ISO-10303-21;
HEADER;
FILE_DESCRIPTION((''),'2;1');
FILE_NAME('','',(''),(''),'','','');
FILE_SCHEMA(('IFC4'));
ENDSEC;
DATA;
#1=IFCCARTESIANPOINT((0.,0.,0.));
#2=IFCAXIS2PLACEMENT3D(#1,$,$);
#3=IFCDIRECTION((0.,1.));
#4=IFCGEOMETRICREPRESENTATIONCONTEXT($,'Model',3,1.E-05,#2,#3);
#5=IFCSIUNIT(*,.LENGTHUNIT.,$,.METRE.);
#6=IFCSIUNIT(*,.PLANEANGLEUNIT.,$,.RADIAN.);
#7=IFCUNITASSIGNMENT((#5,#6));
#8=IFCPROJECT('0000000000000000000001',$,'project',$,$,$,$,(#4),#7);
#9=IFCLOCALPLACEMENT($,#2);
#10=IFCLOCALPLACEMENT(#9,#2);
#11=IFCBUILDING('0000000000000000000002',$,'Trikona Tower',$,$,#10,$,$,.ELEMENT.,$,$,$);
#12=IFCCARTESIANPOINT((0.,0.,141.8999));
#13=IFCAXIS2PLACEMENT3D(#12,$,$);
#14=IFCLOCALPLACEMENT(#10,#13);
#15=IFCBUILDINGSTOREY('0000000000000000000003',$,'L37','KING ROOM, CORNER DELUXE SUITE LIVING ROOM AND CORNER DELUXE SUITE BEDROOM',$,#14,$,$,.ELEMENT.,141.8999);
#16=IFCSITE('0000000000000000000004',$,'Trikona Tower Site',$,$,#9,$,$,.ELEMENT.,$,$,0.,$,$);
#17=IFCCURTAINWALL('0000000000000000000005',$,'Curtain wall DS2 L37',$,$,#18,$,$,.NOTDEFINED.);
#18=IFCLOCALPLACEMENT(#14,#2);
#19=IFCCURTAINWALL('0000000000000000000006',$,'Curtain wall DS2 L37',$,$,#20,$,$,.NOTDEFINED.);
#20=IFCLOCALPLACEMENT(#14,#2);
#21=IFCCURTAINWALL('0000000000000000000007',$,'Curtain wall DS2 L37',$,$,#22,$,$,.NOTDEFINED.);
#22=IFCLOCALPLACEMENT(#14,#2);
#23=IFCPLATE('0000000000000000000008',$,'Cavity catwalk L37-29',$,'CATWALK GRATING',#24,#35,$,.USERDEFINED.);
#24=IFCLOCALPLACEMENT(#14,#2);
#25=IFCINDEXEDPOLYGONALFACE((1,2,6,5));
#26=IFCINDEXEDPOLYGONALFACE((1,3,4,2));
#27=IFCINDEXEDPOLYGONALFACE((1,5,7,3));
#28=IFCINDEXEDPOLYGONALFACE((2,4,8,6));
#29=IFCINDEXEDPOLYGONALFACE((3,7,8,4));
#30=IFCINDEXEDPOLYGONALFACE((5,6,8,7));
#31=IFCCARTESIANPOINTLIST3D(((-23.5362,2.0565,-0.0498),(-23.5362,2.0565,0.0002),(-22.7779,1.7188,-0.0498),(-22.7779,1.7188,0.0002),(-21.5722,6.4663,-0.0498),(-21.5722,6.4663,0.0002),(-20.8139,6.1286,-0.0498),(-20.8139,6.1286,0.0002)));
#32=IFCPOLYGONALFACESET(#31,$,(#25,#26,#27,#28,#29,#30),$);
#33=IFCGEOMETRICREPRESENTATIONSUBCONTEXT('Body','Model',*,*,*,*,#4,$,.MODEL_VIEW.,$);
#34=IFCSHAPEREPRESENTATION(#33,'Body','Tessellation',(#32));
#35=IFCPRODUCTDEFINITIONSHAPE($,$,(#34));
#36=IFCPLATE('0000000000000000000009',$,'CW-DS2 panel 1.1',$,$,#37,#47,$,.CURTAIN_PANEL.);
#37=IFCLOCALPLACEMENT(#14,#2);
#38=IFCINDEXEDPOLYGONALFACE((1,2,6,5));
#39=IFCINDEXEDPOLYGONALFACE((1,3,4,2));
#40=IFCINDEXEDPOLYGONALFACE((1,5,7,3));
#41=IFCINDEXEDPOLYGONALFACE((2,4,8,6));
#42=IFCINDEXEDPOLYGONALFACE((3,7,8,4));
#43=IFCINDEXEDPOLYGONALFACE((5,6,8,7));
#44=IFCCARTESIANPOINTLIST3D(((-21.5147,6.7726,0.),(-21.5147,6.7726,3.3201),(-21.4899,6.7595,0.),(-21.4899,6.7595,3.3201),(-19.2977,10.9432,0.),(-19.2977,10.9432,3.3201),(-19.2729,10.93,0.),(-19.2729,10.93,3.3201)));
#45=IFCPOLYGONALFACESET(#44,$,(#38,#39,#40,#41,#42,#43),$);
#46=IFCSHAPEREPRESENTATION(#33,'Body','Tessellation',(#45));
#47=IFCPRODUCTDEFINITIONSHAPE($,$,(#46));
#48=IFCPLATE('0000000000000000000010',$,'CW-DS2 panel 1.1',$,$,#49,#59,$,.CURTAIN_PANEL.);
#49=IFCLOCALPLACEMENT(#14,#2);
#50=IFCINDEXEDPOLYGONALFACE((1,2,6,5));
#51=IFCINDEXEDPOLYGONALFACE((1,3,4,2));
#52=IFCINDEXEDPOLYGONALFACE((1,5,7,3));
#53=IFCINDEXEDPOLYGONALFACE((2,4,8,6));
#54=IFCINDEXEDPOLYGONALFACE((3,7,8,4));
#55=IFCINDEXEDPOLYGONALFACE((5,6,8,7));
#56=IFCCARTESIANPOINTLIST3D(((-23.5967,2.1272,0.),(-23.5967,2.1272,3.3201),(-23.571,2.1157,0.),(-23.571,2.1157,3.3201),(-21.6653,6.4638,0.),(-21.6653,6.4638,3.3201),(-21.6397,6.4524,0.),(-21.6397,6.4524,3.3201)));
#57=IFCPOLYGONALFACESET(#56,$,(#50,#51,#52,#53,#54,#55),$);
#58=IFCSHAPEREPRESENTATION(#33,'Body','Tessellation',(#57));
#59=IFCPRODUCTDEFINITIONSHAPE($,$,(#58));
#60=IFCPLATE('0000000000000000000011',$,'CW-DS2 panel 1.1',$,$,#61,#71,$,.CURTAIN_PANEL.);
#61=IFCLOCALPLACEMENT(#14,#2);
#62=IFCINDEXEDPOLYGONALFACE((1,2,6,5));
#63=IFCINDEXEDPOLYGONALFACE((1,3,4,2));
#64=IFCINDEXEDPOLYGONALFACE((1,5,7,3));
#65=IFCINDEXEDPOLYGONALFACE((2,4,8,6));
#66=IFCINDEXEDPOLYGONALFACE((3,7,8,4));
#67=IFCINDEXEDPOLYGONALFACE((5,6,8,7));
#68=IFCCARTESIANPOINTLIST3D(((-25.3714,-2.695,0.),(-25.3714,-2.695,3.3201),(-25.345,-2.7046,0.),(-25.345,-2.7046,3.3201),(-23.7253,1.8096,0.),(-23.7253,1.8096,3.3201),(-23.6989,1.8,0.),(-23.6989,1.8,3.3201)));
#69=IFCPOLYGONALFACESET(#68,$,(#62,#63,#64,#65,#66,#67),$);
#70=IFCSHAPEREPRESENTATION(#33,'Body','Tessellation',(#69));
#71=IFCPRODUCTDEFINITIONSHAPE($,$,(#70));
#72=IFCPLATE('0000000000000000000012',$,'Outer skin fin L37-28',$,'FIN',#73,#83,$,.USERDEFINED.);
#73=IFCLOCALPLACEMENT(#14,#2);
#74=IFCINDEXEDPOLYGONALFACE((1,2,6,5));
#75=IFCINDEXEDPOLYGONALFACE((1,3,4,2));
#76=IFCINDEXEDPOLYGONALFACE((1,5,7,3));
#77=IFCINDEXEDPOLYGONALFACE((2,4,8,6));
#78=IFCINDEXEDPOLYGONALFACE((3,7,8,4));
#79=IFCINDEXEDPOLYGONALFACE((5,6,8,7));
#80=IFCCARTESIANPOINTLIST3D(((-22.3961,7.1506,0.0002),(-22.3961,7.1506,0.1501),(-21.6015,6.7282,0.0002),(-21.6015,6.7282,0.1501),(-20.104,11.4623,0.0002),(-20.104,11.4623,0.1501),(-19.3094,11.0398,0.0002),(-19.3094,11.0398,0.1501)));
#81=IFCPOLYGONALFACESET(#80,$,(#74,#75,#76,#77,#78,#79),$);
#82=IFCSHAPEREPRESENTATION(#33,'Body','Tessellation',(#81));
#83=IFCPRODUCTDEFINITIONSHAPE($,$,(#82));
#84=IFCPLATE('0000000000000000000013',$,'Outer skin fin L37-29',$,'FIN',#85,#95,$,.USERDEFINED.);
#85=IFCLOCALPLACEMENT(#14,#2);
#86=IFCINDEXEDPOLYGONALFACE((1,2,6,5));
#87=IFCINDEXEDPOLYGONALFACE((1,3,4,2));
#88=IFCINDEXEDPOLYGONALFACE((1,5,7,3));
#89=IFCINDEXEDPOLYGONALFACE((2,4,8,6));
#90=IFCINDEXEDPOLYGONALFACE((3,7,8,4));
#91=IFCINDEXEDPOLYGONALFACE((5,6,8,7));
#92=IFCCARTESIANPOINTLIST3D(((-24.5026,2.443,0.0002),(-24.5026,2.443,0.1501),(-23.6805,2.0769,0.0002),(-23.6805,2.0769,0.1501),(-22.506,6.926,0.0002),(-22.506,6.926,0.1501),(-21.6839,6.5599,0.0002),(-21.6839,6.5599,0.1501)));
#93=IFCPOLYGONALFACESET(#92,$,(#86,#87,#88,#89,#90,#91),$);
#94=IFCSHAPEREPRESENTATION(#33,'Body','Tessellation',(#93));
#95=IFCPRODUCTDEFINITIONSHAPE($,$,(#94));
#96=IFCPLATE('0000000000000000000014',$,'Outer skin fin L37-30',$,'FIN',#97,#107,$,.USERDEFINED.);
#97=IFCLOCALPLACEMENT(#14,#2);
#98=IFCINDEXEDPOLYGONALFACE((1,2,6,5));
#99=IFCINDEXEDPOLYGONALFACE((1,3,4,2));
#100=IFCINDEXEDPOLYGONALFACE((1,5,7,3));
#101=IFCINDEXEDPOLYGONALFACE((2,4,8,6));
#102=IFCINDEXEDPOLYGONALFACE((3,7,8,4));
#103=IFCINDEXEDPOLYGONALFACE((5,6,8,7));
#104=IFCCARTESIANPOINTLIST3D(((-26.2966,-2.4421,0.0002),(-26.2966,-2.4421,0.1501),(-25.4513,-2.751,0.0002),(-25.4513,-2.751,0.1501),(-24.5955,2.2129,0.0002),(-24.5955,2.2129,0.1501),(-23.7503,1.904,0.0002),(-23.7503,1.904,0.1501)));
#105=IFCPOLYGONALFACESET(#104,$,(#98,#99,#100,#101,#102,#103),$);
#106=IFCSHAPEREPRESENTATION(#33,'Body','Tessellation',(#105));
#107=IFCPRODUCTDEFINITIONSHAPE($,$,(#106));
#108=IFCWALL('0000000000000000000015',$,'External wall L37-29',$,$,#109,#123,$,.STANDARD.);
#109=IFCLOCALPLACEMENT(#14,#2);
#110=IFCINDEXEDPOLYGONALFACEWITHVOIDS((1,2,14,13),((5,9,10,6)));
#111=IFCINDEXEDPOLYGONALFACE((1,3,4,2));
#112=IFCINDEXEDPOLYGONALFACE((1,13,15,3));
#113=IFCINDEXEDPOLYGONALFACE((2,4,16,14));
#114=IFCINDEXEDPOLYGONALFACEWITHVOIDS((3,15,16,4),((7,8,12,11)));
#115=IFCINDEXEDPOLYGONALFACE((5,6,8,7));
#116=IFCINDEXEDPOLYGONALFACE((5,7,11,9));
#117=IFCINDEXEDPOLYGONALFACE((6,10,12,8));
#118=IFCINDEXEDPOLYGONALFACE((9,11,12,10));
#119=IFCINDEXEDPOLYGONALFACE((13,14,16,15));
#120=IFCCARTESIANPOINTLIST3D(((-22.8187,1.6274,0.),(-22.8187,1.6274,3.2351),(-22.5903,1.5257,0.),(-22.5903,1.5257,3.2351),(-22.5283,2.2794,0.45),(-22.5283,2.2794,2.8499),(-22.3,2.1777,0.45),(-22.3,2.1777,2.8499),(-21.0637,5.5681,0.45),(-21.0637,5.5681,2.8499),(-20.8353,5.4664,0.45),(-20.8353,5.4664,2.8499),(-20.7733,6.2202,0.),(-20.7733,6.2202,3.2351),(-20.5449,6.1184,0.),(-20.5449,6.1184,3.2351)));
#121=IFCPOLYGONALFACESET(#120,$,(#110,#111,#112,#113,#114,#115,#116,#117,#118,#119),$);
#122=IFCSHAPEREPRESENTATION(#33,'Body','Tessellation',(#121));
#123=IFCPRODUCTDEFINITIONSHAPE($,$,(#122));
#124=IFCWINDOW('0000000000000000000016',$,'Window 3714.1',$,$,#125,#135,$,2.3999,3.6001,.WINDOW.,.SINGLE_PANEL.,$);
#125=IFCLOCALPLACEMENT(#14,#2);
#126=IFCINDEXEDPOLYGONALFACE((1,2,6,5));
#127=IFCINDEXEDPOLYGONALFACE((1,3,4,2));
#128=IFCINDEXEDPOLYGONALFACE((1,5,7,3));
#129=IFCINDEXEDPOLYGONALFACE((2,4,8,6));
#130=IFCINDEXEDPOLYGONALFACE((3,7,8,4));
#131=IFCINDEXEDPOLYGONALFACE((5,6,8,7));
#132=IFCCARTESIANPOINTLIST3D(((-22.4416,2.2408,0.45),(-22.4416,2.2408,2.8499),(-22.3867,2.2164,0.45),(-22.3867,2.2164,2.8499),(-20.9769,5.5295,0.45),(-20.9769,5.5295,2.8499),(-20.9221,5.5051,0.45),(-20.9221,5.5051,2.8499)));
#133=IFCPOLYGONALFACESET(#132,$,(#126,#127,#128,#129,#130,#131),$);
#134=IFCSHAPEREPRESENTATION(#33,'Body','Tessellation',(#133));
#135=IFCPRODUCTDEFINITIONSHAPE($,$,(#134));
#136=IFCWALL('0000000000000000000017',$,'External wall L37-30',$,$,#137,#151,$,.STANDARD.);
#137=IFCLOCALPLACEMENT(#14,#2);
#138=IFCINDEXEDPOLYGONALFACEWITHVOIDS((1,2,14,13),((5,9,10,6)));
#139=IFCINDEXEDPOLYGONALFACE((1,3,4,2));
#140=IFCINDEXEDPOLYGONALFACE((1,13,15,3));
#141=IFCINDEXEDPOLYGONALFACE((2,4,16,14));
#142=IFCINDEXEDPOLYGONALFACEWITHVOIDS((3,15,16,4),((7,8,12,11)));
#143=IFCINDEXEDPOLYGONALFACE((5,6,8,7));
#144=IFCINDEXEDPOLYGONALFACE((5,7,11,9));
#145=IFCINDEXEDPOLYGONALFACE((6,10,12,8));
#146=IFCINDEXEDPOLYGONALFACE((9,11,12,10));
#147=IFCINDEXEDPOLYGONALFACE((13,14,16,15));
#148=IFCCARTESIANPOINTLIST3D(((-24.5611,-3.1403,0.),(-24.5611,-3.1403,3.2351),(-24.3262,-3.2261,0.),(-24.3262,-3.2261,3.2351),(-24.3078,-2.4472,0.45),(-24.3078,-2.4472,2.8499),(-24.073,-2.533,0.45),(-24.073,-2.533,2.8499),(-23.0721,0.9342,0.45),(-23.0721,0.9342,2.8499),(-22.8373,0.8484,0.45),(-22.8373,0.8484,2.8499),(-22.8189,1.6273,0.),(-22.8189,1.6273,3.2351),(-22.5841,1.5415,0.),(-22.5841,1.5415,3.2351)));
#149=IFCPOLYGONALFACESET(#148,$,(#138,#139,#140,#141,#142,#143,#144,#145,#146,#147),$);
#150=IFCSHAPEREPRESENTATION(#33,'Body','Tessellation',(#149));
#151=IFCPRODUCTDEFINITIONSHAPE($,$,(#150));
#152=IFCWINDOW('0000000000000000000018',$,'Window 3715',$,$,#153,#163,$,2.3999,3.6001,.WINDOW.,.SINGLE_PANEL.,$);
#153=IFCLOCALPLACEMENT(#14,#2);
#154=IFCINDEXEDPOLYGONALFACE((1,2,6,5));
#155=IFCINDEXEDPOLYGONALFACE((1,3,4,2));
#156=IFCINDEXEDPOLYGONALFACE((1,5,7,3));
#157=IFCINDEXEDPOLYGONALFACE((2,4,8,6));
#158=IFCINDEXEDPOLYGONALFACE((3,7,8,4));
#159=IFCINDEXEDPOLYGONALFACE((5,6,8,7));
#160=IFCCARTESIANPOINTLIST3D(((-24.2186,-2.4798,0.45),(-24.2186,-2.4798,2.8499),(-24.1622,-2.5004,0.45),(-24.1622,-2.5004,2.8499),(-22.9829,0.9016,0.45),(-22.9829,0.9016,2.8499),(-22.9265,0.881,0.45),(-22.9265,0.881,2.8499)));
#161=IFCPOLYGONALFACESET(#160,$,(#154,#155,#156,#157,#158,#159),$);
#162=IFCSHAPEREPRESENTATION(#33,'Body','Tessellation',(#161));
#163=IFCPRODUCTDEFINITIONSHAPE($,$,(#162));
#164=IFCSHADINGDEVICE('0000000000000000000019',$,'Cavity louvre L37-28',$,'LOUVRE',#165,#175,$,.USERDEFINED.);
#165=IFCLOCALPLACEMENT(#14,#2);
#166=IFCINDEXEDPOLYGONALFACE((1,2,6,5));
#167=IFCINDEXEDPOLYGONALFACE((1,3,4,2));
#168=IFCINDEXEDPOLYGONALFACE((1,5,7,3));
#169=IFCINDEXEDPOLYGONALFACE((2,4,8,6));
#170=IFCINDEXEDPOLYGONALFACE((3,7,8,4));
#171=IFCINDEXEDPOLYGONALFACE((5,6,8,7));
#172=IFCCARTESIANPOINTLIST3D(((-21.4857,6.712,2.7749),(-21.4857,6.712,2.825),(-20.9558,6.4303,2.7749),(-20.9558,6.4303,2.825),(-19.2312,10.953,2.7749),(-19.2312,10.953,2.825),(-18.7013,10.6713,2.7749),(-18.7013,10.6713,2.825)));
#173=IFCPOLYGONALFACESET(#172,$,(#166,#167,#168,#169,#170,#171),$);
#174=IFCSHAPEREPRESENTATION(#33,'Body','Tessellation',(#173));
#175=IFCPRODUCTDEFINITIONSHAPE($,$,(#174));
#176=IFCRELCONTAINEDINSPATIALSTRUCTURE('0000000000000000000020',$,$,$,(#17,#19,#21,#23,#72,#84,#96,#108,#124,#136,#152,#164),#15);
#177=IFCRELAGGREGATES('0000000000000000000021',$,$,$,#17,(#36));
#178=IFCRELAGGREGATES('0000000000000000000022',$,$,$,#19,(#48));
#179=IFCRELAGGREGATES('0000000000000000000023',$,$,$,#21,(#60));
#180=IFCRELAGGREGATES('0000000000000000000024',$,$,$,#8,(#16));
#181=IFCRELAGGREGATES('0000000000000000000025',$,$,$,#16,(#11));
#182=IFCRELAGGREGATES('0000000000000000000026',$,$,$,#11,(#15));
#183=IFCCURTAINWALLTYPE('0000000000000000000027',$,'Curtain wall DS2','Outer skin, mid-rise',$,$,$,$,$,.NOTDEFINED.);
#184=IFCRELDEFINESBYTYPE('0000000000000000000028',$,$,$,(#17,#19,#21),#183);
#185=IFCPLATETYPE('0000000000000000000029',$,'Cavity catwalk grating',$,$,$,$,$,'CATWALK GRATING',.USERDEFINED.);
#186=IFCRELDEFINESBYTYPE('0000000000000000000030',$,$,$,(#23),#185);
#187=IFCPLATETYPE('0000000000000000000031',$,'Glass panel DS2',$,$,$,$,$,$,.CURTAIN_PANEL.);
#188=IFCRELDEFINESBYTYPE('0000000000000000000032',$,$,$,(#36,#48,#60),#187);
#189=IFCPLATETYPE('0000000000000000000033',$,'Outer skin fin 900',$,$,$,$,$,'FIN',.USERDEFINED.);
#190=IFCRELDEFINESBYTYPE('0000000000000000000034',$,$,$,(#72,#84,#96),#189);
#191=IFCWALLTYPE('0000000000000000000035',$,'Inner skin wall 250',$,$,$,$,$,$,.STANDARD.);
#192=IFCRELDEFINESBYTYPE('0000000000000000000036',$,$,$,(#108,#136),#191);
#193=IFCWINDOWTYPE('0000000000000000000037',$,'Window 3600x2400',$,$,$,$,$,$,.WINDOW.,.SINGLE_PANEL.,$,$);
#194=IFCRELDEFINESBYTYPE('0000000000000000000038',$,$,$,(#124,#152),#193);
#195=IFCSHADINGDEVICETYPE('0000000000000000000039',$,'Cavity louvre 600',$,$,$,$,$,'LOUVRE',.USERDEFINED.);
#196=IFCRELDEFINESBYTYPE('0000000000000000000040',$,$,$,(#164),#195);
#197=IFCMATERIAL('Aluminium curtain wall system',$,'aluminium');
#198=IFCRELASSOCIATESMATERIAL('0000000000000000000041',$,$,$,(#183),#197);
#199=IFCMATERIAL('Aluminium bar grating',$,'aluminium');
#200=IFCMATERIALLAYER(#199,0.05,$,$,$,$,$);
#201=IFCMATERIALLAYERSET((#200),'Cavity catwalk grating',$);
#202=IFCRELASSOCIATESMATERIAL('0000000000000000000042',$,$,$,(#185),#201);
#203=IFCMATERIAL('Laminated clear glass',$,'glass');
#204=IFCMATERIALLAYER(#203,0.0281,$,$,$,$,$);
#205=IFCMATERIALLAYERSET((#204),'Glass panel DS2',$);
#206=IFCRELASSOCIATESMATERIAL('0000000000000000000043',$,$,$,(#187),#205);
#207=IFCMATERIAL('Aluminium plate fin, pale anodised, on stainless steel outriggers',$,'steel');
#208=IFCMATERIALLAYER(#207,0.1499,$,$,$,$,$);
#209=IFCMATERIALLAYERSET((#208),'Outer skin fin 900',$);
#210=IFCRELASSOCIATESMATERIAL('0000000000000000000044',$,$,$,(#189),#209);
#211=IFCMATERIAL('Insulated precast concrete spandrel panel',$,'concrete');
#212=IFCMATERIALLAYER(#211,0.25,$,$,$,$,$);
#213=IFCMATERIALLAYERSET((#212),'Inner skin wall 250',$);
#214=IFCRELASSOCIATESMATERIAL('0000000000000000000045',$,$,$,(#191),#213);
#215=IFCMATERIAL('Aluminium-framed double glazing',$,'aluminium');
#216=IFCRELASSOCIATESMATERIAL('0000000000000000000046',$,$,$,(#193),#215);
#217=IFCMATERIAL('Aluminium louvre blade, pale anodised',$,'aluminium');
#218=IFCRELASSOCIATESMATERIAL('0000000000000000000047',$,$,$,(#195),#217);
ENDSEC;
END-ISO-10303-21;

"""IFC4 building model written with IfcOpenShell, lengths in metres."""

from ifc_helpers import new_model, si_unit, direction, frame, frame_2d, origin, origin_2d, place, context, subcontext, project, spatial, rectangle, extrude, material, layer, layer_set, type_object, element, fill, aggregate, save


model = new_model("IFC4")

# Units and contexts
model_context = context("Model", 3, precision=1e-05, world=origin(), true_north=direction((0.0, 1.0)))
body_context = subcontext(model_context, "Body", "Model", "MODEL_VIEW")
ifc_project = project(units=[si_unit("LENGTHUNIT", "METRE"), si_unit("PLANEANGLEUNIT", "RADIAN")], contexts=[model_context])

# Site, building, storey
site_placement = place(None, origin())
site = spatial("IfcSite", under=ifc_project, at=site_placement, Name="Trikona Tower Site", CompositionType="ELEMENT", RefElevation=0.0)
building_placement = place(site_placement, origin())
building = spatial("IfcBuilding", under=site, at=building_placement, Name="Trikona Tower", CompositionType="ELEMENT")
storey_placement = place(building_placement, frame((0.0, 0.0, 141.8999)))
storey = spatial("IfcBuildingStorey", under=building, at=storey_placement, Name="L37", Description="KING ROOM, CORNER DELUXE SUITE LIVING ROOM AND CORNER DELUXE SUITE BEDROOM", CompositionType="ELEMENT", Elevation=141.8999)

# Shared definitions
ifc_material_1 = material(Name="Aluminium curtain wall system", Category="aluminium")
curtain_wall_type = type_object("IfcCurtainWallType", Name="Curtain wall DS2", Description="Outer skin, mid-rise", PredefinedType="NOTDEFINED", material=ifc_material_1)

# Curtain walls
curtain_wall_1_placement = place(storey_placement, origin())
curtain_wall_1 = element("IfcCurtainWall", 1, at=curtain_wall_1_placement, inside=storey, type_object=curtain_wall_type, Name="Curtain wall DS2 L37", PredefinedType="NOTDEFINED")
curtain_wall_2_placement = place(storey_placement, origin())
curtain_wall_2 = element("IfcCurtainWall", 2, at=curtain_wall_2_placement, inside=storey, type_object=curtain_wall_type, Name="Curtain wall DS2 L37", PredefinedType="NOTDEFINED")

# Curtain wall
curtain_wall_3_placement = place(storey_placement, origin())
curtain_wall_3 = element("IfcCurtainWall", 3, at=curtain_wall_3_placement, inside=storey, type_object=curtain_wall_type, Name="Curtain wall DS2 L37", PredefinedType="NOTDEFINED")

# Plate
ifc_material_2 = material(Name="Aluminium bar grating", Category="aluminium")
ifc_layer_1 = layer(ifc_material_2, 0.05)
ifc_layer_set_1 = layer_set([ifc_layer_1], Name="Cavity catwalk grating")
plate_type_1 = type_object("IfcPlateType", Name="Cavity catwalk grating", ElementType="CATWALK GRATING", PredefinedType="USERDEFINED", material=ifc_layer_set_1)
plate_1_placement = place(storey_placement, frame((-22.175, 4.0925, -0.0498), z_axis=(0.0, 0.0, 1.0), x_axis=(-0.406843, -0.913498, 0.0)))
element("IfcPlate", 4, at=plate_1_placement, inside=storey, type_object=plate_type_1, Name="Cavity catwalk L37-29", ObjectType="CATWALK GRATING", PredefinedType="USERDEFINED", context=body_context, shape_type="SweptSolid", body=[
    extrude(rectangle(XDim=4.8274, YDim=0.8301, at=origin_2d()), origin(), (0.0, 0.0, 1.0), 0.05),
])

# Plates
ifc_material_3 = material(Name="Laminated clear glass", Category="glass")
ifc_layer_2 = layer(ifc_material_3, 0.0281)
ifc_layer_set_2 = layer_set([ifc_layer_2], Name="Glass panel DS2")
plate_type_2 = type_object("IfcPlateType", Name="Glass panel DS2", PredefinedType="CURTAIN_PANEL", material=ifc_layer_set_2)
plate_2_placement = place(storey_placement, frame((-20.3938, 8.8513, 0.0), z_axis=(0.0, 0.0, 1.0), x_axis=(-0.46938, -0.882996, 0.0)))
plate_2 = element("IfcPlate", 5, at=plate_2_placement, type_object=plate_type_2, Name="CW-DS2 panel 1.1", PredefinedType="CURTAIN_PANEL", context=body_context, shape_type="SweptSolid", body=[
    extrude(rectangle(XDim=4.7231, YDim=0.0281, at=origin_2d()), origin(), (0.0, 0.0, 1.0), 3.3201),
])
aggregate(curtain_wall_1, [plate_2])
plate_3_placement = place(storey_placement, frame((-22.6182, 4.2898, 0.0), z_axis=(0.0, 0.0, 1.0), x_axis=(-0.406836, -0.913501, 0.0)))
plate_3 = element("IfcPlate", 6, at=plate_3_placement, type_object=plate_type_2, Name="CW-DS2 panel 1.1", PredefinedType="CURTAIN_PANEL", context=body_context, shape_type="SweptSolid", body=[
    extrude(rectangle(XDim=4.7473, YDim=0.0281, at=origin_2d()), origin(), (0.0, 0.0, 1.0), 3.3201),
])
aggregate(curtain_wall_2, [plate_3])
plate_4_placement = place(storey_placement, frame((-24.5352, -0.4475, 0.0), z_axis=(0.0, 0.0, 1.0), x_axis=(-0.343223, -0.939254, 0.0)))
plate_4 = element("IfcPlate", 7, at=plate_4_placement, type_object=plate_type_2, Name="CW-DS2 panel 1.1", PredefinedType="CURTAIN_PANEL", context=body_context, shape_type="SweptSolid", body=[
    extrude(rectangle(XDim=4.7959, YDim=0.0281, at=origin_2d()), origin(), (0.0, 0.0, 1.0), 3.3201),
])
aggregate(curtain_wall_3, [plate_4])

# Plates
ifc_material_4 = material(Name="Aluminium plate fin, pale anodised, on stainless steel outriggers", Category="steel")
ifc_layer_3 = layer(ifc_material_4, 0.1499)
ifc_layer_set_3 = layer_set([ifc_layer_3], Name="Outer skin fin 900")
plate_type_3 = type_object("IfcPlateType", Name="Outer skin fin 900", ElementType="FIN", PredefinedType="USERDEFINED", material=ifc_layer_set_3)
plate_5_placement = place(storey_placement, frame((-20.8528, 9.0952, 0.0002), z_axis=(0.0, 0.0, 1.0), x_axis=(-0.469398, -0.882987, 0.0)))
element("IfcPlate", 8, at=plate_5_placement, inside=storey, type_object=plate_type_3, Name="Outer skin fin L37-28", ObjectType="FIN", PredefinedType="USERDEFINED", context=body_context, shape_type="SweptSolid", body=[
    extrude(rectangle(XDim=4.8831, YDim=0.8999, at=origin_2d()), origin(), (0.0, 0.0, 1.0), 0.1499),
])
plate_6_placement = place(storey_placement, frame((-23.0933, 4.5015, 0.0002), z_axis=(0.0, 0.0, 1.0), x_axis=(-0.406843, -0.913498, 0.0)))
element("IfcPlate", 9, at=plate_6_placement, inside=storey, type_object=plate_type_3, Name="Outer skin fin L37-29", ObjectType="FIN", PredefinedType="USERDEFINED", context=body_context, shape_type="SweptSolid", body=[
    extrude(rectangle(XDim=4.9075, YDim=0.8999, at=origin_2d()), origin(), (0.0, 0.0, 1.0), 0.1499),
])
plate_7_placement = place(storey_placement, frame((-25.0234, -0.269, 0.0002), z_axis=(0.0, 0.0, 1.0), x_axis=(-0.34322, -0.939255, 0.0)))
element("IfcPlate", 10, at=plate_7_placement, inside=storey, type_object=plate_type_3, Name="Outer skin fin L37-30", ObjectType="FIN", PredefinedType="USERDEFINED", context=body_context, shape_type="SweptSolid", body=[
    extrude(rectangle(XDim=4.9561, YDim=0.8999, at=origin_2d()), origin(), (0.0, 0.0, 1.0), 0.1499),
])

# Walls, openings, windows
ifc_material_5 = material(Name="Insulated precast concrete spandrel panel", Category="concrete")
ifc_layer_4 = layer(ifc_material_5, 0.25)
ifc_layer_set_4 = layer_set([ifc_layer_4], Name="Inner skin wall 250")
wall_type = type_object("IfcWallType", Name="Inner skin wall 250", PredefinedType="STANDARD", material=ifc_layer_set_4)
wall_1_placement = place(storey_placement, frame((-20.6592, 6.1692, 0.0), z_axis=(0.0, 0.0, 1.0), x_axis=(-0.406832, -0.913503, 0.0)))
wall_1 = element("IfcWall", 11, at=wall_1_placement, inside=storey, type_object=wall_type, Name="External wall L37-29", PredefinedType="STANDARD", context=body_context, shape_type="SweptSolid", body=[
    extrude(rectangle(XDim=5.0276, YDim=0.25, at=frame_2d((2.5137, 0.0))), origin(), (0.0, 0.0, 1.0), 3.2351),
])
opening_1_placement = place(wall_1_placement, frame((0.7136, 0.0, 0.45)))
opening_1 = element("IfcOpeningElement", 12, at=opening_1_placement, cuts=wall_1, PredefinedType="OPENING", context=body_context, shape_type="SweptSolid", body=[
    extrude(rectangle(XDim=3.6001, YDim=2.3999, at=frame_2d((1.8, 1.2))), frame((0.0, 0.135, 0.0), z_axis=(0.0, -1.0, 0.0), x_axis=(1.0, 0.0, 0.0)), (0.0, 0.0, 1.0), 0.27),
])
ifc_material_6 = material(Name="Aluminium-framed double glazing", Category="aluminium")
window_type = type_object("IfcWindowType", Name="Window 3600x2400", PartitioningType="SINGLE_PANEL", PredefinedType="WINDOW", material=ifc_material_6)
window_1_placement = place(opening_1_placement, origin())
window_1 = element("IfcWindow", 13, at=window_1_placement, inside=storey, type_object=window_type, Name="Window 3714.1", OverallHeight=2.3999, OverallWidth=3.6001, PartitioningType="SINGLE_PANEL", PredefinedType="WINDOW", context=body_context, shape_type="SweptSolid", body=[
    extrude(rectangle(XDim=3.6001, YDim=2.3999, at=frame_2d((1.8, 1.2))), frame((0.0, 0.03, 0.0), z_axis=(0.0, -1.0, 0.0), x_axis=(1.0, 0.0, 0.0)), (0.0, 0.0, 1.0), 0.0601),
])
fill(opening_1, window_1)
wall_2_placement = place(storey_placement, frame((-22.7014, 1.5845, 0.0), z_axis=(0.0, 0.0, 1.0), x_axis=(-0.343226, -0.939253, 0.0)))
wall_2 = element("IfcWall", 14, at=wall_2_placement, inside=storey, type_object=wall_type, Name="External wall L37-30", PredefinedType="STANDARD", context=body_context, shape_type="SweptSolid", body=[
    extrude(rectangle(XDim=5.0759, YDim=0.25, at=frame_2d((2.5381, 0.0))), origin(), (0.0, 0.0, 1.0), 3.2351),
])
opening_2_placement = place(wall_2_placement, frame((0.738, 0.0, 0.45)))
opening_2 = element("IfcOpeningElement", 15, at=opening_2_placement, cuts=wall_2, PredefinedType="OPENING", context=body_context, shape_type="SweptSolid", body=[
    extrude(rectangle(XDim=3.6001, YDim=2.3999, at=frame_2d((1.8, 1.2))), frame((0.0, 0.135, 0.0), z_axis=(0.0, -1.0, 0.0), x_axis=(1.0, 0.0, 0.0)), (0.0, 0.0, 1.0), 0.27),
])
window_2_placement = place(opening_2_placement, origin())
window_2 = element("IfcWindow", 16, at=window_2_placement, inside=storey, type_object=window_type, Name="Window 3715", OverallHeight=2.3999, OverallWidth=3.6001, PartitioningType="SINGLE_PANEL", PredefinedType="WINDOW", context=body_context, shape_type="SweptSolid", body=[
    extrude(rectangle(XDim=3.6001, YDim=2.3999, at=frame_2d((1.8, 1.2))), frame((0.0, 0.03, 0.0), z_axis=(0.0, -1.0, 0.0), x_axis=(1.0, 0.0, 0.0)), (0.0, 0.0, 1.0), 0.0601),
])
fill(opening_2, window_2)

# Shading device
ifc_material_7 = material(Name="Aluminium louvre blade, pale anodised", Category="aluminium")
shading_device_type = type_object("IfcShadingDeviceType", Name="Cavity louvre 600", ElementType="LOUVRE", PredefinedType="USERDEFINED", material=ifc_material_7)
shading_device_1_placement = place(storey_placement, frame((-20.0935, 8.6917, 2.7749), z_axis=(0.0, 0.0, 1.0), x_axis=(-0.469398, -0.882987, 0.0)))
element("IfcShadingDevice", 17, at=shading_device_1_placement, inside=storey, type_object=shading_device_type, Name="Cavity louvre L37-28", ObjectType="LOUVRE", PredefinedType="USERDEFINED", context=body_context, shape_type="SweptSolid", body=[
    extrude(rectangle(XDim=4.803, YDim=0.6001, at=origin_2d()), origin(), (0.0, 0.0, 1.0), 0.05),
])

save(model, "model.ifc")
